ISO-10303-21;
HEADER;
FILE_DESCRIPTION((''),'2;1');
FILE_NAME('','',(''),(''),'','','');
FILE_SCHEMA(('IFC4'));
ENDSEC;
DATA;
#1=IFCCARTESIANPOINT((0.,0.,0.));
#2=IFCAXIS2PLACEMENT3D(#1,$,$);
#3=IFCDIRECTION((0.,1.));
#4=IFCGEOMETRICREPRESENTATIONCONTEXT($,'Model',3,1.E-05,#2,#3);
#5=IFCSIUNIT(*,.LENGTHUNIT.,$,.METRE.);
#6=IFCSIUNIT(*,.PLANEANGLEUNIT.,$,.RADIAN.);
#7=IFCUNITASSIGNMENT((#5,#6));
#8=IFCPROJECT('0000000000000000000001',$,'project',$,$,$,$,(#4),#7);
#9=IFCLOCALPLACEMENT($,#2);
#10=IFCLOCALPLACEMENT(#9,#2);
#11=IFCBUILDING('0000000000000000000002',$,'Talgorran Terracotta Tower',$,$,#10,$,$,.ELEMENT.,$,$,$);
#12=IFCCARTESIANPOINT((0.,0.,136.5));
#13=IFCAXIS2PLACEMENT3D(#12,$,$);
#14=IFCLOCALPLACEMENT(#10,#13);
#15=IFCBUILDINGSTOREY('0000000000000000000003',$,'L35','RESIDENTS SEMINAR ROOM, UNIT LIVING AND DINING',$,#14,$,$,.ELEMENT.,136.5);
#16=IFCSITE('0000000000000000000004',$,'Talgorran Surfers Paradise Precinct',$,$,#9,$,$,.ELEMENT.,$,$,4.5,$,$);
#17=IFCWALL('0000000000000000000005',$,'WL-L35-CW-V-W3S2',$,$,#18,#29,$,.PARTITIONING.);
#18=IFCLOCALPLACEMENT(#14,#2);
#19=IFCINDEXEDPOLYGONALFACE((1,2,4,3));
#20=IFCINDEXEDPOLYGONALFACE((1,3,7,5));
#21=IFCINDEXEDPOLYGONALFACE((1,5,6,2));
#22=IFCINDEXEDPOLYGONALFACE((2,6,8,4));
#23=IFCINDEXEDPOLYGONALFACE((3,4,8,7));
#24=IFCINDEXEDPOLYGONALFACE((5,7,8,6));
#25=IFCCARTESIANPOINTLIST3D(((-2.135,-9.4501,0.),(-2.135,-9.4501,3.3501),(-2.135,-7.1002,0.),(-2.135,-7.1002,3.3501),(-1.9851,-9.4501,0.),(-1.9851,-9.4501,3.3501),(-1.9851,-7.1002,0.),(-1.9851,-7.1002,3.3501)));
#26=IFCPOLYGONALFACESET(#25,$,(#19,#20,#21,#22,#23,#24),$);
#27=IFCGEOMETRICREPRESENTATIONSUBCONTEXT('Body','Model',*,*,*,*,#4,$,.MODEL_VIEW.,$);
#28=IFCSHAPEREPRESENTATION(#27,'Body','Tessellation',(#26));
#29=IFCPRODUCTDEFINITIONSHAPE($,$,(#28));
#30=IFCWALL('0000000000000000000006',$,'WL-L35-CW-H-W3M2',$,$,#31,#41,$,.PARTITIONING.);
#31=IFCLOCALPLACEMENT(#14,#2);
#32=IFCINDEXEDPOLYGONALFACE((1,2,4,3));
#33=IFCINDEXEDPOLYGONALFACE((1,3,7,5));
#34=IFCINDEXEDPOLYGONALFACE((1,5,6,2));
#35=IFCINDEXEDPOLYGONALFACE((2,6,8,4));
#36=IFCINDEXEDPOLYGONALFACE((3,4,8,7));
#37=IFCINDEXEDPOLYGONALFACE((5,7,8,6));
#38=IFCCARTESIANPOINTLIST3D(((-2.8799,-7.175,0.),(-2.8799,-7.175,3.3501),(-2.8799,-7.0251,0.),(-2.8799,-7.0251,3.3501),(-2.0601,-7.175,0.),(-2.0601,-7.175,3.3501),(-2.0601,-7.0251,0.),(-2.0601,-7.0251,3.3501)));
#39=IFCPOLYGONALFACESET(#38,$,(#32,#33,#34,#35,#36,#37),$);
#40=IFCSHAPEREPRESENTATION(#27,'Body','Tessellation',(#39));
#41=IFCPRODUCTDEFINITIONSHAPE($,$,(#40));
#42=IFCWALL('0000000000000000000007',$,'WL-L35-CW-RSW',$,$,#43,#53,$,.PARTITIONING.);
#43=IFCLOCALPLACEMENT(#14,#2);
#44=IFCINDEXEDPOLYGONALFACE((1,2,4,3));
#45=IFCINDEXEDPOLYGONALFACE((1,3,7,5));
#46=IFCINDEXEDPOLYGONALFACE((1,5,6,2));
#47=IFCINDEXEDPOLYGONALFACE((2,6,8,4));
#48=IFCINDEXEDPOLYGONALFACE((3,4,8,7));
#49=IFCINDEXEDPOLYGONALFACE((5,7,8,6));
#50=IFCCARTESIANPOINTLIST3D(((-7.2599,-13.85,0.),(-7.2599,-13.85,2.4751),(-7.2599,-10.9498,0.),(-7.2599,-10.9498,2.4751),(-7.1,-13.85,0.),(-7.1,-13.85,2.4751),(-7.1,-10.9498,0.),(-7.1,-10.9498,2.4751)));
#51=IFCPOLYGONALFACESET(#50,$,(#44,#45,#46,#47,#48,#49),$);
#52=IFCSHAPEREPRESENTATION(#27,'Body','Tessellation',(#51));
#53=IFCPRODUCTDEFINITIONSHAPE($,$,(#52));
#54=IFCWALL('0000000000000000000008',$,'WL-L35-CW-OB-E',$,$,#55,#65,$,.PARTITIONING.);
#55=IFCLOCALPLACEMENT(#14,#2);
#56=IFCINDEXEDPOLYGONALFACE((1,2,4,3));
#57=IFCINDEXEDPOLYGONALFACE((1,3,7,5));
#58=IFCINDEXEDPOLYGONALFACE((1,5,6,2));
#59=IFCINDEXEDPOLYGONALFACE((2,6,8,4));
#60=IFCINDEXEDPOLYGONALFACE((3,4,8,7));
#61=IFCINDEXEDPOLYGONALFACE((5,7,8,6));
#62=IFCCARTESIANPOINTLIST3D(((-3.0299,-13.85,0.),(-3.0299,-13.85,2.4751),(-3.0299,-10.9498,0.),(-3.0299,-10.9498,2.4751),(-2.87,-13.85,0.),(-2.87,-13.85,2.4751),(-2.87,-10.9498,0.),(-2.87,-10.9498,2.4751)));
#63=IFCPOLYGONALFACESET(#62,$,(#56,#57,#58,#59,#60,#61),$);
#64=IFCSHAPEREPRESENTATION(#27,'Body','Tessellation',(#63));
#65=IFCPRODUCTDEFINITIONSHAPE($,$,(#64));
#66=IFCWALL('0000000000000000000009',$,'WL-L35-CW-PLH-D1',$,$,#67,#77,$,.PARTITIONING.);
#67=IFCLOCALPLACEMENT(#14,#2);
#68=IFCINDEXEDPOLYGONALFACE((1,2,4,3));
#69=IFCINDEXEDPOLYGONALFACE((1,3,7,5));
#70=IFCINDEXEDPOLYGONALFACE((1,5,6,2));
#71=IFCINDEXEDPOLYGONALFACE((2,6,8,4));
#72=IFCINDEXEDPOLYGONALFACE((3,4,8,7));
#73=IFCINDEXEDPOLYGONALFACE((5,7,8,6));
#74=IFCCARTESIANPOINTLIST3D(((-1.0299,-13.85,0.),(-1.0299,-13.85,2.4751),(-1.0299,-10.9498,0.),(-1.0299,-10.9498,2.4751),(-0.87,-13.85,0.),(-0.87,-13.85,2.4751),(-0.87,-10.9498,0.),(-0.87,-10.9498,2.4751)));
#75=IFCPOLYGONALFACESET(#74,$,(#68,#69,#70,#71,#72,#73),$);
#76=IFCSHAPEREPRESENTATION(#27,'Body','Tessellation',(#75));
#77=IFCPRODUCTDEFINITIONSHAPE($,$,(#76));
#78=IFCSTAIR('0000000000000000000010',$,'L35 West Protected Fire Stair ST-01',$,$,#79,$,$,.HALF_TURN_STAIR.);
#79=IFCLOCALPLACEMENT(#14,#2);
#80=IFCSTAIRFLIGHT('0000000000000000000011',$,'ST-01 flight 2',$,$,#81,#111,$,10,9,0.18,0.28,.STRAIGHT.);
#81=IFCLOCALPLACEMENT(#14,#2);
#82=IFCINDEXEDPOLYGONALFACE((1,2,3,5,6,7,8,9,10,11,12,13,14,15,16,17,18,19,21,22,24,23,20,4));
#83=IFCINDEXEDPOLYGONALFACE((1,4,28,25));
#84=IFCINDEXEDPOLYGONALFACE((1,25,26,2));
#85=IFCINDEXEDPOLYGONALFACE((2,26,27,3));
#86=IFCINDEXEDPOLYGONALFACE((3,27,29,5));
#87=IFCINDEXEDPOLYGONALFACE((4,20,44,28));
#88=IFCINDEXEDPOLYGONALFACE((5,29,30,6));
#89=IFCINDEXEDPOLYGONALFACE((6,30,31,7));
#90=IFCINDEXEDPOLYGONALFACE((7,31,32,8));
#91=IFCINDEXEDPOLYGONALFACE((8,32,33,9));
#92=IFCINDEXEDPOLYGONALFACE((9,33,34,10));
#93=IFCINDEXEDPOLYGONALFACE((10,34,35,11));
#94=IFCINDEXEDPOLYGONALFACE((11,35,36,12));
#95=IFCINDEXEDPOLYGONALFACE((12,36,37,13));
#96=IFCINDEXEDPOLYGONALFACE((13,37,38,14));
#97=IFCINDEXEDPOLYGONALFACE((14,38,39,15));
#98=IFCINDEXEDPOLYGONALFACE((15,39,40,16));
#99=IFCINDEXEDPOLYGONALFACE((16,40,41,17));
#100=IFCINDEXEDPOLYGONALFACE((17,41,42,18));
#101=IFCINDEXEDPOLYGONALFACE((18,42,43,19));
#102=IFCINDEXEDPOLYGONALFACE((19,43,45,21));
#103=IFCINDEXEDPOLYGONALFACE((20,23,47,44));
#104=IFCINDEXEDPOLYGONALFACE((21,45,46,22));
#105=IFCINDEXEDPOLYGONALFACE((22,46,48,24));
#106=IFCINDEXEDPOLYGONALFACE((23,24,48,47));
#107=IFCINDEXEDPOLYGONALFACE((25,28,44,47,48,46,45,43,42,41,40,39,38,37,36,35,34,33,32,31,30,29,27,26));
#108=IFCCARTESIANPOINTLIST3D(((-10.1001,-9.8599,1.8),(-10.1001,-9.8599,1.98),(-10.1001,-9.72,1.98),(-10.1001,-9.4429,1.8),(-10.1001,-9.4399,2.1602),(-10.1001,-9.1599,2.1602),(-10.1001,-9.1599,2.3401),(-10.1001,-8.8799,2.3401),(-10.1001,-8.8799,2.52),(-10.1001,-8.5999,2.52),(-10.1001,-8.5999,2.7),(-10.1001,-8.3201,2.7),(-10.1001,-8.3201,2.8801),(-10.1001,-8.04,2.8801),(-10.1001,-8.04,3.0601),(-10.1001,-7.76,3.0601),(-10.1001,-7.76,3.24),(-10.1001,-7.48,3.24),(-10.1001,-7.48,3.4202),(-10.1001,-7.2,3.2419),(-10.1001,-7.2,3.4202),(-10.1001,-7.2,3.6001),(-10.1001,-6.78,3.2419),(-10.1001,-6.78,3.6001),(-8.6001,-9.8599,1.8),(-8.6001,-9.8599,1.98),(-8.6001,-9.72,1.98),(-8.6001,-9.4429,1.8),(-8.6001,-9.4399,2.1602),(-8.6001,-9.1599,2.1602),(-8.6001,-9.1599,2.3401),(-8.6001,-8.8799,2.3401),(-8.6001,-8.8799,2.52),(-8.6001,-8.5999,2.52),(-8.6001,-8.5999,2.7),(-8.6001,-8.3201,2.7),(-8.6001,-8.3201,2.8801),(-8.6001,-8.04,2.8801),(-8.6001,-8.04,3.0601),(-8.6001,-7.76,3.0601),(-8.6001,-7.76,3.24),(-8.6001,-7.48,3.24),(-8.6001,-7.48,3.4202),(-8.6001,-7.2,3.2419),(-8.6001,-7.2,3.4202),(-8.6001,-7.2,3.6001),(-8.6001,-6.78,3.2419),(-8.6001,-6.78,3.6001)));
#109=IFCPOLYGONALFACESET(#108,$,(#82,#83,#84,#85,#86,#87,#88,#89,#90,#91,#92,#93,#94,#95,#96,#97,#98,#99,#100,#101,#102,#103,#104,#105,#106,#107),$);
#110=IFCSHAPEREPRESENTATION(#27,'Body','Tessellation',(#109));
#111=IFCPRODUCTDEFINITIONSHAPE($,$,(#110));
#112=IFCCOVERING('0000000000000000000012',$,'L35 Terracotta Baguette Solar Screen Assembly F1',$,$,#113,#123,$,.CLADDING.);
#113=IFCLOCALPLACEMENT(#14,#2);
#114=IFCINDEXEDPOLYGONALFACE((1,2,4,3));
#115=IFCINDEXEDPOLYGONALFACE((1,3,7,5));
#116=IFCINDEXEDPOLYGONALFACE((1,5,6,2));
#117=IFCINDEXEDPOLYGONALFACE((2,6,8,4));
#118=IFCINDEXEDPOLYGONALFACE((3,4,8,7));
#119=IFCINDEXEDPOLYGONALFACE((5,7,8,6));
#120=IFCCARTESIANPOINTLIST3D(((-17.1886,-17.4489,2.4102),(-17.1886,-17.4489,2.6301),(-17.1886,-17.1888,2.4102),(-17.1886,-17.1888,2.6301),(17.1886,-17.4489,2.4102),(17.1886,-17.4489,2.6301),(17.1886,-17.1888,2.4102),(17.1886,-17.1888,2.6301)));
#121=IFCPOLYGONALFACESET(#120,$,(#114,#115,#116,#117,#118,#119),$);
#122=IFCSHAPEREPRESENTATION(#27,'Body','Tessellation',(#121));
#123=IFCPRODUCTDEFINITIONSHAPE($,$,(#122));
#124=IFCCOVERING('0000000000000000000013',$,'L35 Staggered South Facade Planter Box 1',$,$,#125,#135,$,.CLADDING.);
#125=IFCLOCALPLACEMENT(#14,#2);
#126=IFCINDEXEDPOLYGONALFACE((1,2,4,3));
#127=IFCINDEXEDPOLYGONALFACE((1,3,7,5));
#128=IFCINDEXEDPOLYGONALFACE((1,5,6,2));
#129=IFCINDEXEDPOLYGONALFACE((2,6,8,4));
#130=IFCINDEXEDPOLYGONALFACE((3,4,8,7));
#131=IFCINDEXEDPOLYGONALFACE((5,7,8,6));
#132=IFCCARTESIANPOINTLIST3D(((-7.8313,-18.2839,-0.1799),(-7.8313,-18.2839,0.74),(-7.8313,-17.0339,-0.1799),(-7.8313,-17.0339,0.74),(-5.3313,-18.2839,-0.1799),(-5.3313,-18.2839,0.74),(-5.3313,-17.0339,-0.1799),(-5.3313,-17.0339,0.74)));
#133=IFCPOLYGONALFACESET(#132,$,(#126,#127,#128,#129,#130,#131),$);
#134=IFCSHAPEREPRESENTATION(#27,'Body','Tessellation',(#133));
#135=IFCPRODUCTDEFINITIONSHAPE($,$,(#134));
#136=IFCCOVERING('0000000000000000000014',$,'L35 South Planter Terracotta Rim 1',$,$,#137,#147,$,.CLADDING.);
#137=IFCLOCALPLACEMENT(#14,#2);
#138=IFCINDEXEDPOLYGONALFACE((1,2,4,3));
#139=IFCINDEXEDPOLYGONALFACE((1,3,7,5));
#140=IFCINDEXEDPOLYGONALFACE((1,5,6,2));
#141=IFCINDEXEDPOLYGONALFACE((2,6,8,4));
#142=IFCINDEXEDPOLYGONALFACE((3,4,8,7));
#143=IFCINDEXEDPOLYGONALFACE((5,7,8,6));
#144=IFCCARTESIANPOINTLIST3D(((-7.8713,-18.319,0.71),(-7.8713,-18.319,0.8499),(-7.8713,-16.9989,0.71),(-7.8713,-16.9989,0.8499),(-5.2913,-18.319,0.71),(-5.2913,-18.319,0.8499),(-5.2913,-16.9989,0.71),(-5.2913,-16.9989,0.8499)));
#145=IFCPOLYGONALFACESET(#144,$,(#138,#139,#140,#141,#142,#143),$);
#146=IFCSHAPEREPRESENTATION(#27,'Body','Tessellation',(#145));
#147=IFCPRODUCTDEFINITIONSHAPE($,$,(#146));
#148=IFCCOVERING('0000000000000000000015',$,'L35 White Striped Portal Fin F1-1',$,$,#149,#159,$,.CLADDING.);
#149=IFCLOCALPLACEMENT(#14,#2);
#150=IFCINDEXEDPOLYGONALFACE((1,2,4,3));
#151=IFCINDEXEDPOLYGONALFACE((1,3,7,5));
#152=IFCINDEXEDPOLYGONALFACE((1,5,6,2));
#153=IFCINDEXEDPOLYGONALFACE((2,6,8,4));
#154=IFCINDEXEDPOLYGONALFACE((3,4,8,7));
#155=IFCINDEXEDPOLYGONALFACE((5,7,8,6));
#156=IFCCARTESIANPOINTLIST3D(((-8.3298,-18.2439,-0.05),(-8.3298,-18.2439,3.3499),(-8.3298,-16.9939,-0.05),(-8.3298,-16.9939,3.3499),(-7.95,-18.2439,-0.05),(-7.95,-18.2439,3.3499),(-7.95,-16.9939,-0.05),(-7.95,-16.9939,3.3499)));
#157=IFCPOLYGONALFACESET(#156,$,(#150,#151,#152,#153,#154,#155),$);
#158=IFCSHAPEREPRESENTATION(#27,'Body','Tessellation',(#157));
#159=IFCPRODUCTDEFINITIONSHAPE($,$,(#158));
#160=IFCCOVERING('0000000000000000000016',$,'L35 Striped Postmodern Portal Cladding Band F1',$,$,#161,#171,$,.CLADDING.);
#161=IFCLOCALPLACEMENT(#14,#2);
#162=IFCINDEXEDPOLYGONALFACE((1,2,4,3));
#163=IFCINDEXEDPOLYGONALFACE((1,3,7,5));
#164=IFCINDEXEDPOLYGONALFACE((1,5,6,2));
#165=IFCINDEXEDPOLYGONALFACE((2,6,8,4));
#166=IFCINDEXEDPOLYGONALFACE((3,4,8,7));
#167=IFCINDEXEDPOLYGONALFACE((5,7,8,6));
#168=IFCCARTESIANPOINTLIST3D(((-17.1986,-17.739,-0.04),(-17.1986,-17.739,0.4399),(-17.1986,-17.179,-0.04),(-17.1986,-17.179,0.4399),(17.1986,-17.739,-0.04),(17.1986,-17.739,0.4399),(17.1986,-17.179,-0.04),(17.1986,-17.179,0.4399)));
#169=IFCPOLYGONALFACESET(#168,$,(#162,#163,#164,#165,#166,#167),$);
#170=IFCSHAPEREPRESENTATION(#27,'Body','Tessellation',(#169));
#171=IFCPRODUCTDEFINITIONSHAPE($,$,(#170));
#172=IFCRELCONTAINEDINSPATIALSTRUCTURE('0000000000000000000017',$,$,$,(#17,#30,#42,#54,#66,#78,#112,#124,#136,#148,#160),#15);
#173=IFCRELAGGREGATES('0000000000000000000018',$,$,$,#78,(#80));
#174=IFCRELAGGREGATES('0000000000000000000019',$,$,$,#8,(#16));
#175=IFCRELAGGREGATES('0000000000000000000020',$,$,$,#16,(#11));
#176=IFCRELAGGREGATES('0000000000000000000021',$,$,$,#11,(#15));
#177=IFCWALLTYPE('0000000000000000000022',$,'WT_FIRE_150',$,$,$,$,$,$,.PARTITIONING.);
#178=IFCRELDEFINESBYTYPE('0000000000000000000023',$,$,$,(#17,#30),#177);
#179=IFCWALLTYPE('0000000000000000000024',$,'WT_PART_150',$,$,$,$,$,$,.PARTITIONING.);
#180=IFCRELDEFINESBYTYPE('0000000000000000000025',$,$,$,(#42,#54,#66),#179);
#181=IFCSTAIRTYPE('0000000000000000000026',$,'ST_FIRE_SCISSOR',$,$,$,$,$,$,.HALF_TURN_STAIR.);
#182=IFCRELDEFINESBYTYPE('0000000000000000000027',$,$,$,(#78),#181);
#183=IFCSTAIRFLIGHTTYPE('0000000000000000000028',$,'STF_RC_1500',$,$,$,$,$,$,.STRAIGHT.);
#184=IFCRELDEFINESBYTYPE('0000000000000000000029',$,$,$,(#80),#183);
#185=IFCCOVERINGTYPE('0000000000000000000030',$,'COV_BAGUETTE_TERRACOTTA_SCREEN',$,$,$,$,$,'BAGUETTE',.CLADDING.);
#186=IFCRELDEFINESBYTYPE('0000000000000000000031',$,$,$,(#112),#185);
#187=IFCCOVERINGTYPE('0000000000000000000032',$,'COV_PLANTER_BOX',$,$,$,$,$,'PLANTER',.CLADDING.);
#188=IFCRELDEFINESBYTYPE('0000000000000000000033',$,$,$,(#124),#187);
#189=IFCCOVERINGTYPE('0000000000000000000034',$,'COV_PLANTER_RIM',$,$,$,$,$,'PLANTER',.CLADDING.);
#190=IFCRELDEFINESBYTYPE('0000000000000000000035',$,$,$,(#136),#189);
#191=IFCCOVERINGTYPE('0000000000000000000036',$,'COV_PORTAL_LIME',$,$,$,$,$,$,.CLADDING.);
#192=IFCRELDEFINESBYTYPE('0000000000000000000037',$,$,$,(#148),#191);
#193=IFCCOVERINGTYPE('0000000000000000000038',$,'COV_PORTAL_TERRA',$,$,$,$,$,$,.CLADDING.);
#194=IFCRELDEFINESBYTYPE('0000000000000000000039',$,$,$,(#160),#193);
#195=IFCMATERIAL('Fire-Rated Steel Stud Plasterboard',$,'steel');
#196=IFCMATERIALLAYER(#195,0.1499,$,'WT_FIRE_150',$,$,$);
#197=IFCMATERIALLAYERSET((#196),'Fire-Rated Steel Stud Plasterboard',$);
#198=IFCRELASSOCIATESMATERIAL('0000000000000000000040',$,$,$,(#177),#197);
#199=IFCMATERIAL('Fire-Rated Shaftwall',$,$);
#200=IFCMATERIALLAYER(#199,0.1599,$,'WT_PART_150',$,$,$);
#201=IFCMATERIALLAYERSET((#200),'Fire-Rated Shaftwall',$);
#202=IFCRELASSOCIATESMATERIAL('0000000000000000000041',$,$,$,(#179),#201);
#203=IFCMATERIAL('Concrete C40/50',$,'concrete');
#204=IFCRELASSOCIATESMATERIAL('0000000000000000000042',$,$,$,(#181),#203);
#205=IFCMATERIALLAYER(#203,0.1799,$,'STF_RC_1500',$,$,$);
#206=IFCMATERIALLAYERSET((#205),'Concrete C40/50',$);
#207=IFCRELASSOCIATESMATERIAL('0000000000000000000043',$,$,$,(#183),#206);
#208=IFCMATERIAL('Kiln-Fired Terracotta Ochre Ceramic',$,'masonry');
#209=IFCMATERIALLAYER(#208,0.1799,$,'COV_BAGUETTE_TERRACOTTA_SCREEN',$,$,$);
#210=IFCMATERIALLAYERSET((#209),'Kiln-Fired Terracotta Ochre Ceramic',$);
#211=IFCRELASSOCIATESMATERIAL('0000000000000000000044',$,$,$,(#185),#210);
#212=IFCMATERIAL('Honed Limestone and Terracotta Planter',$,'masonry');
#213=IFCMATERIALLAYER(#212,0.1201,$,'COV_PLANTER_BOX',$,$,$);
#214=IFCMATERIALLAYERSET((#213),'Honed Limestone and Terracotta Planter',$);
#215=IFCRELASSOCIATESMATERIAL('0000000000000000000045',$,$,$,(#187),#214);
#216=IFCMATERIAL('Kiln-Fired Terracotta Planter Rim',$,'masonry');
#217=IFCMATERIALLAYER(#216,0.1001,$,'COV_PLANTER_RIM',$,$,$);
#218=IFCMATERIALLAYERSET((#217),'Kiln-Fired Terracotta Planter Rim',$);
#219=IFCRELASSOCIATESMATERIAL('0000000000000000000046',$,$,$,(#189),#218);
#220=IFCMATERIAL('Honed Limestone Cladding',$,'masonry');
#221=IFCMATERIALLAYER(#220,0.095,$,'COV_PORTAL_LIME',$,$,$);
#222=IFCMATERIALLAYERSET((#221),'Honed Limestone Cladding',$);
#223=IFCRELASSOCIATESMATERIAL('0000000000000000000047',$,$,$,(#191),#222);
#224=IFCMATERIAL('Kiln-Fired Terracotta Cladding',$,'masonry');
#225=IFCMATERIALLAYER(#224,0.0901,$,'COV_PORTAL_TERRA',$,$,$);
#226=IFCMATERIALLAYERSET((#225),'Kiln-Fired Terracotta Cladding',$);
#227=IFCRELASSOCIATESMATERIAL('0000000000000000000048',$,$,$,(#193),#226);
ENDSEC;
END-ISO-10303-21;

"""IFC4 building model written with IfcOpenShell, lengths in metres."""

from ifc_helpers import new_model, si_unit, direction, frame, frame_2d, origin, origin_2d, place, context, subcontext, project, spatial, polyline, rectangle, outline, extrude, material, layer, layer_set, type_object, element, aggregate, save


model = new_model("IFC4")

# Units and contexts
model_context = context("Model", 3, precision=1e-05, world=origin(), true_north=direction((0.0, 1.0)))
body_context = subcontext(model_context, "Body", "Model", "MODEL_VIEW")
ifc_project = project(units=[si_unit("LENGTHUNIT", "METRE"), si_unit("PLANEANGLEUNIT", "RADIAN")], contexts=[model_context])

# Site, building, storey
site_placement = place(None, origin())
site = spatial("IfcSite", under=ifc_project, at=site_placement, Name="Talgorran Surfers Paradise Precinct", CompositionType="ELEMENT", RefElevation=4.5)
building_placement = place(site_placement, origin())
building = spatial("IfcBuilding", under=site, at=building_placement, Name="Talgorran Terracotta Tower", CompositionType="ELEMENT")
storey_placement = place(building_placement, frame((0.0, 0.0, 136.5)))
storey = spatial("IfcBuildingStorey", under=building, at=storey_placement, Name="L35", Description="RESIDENTS SEMINAR ROOM, UNIT LIVING AND DINING", CompositionType="ELEMENT", Elevation=136.5)

# Walls
ifc_material_1 = material(Name="Fire-Rated Steel Stud Plasterboard", Category="steel")
ifc_layer_1 = layer(ifc_material_1, 0.1499, Name="WT_FIRE_150")
ifc_layer_set_1 = layer_set([ifc_layer_1], Name="Fire-Rated Steel Stud Plasterboard")
wall_type_1 = type_object("IfcWallType", Name="WT_FIRE_150", PredefinedType="PARTITIONING", material=ifc_layer_set_1)
wall_1_placement = place(storey_placement, frame((-2.0601, -9.45, 0.0), z_axis=(0.0, 0.0, 1.0), x_axis=(0.0, 1.0, 0.0)))
element("IfcWall", 1, at=wall_1_placement, inside=storey, type_object=wall_type_1, Name="WL-L35-CW-V-W3S2", PredefinedType="PARTITIONING", context=body_context, shape_type="SweptSolid", body=[
    extrude(rectangle(XDim=2.3499, YDim=0.1499, at=frame_2d((1.1748, 0.0))), origin(), (0.0, 0.0, 1.0), 3.3501),
])
wall_2_placement = place(storey_placement, frame((-2.8799, -7.1001, 0.0), z_axis=(0.0, 0.0, 1.0), x_axis=(1.0, 0.0, 0.0)))
element("IfcWall", 2, at=wall_2_placement, inside=storey, type_object=wall_type_1, Name="WL-L35-CW-H-W3M2", PredefinedType="PARTITIONING", context=body_context, shape_type="SweptSolid", body=[
    extrude(rectangle(XDim=0.8198, YDim=0.1499, at=frame_2d((0.4099, 0.0))), origin(), (0.0, 0.0, 1.0), 3.3501),
])
ifc_material_2 = material(Name="Fire-Rated Shaftwall")
ifc_layer_2 = layer(ifc_material_2, 0.1599, Name="WT_PART_150")
ifc_layer_set_2 = layer_set([ifc_layer_2], Name="Fire-Rated Shaftwall")
wall_type_2 = type_object("IfcWallType", Name="WT_PART_150", PredefinedType="PARTITIONING", material=ifc_layer_set_2)
for number, where, z_axis, x_axis, name in (
    (3, (-7.1799, -13.8501, 0.0), (0.0, 0.0, 1.0), (0.0, 1.0, 0.0), "WL-L35-CW-RSW"),
    (4, (-2.95, -13.8501, 0.0), (0.0, 0.0, 1.0), (0.0, 1.0, 0.0), "WL-L35-CW-OB-E"),
    (5, (-0.95, -13.8501, 0.0), (0.0, 0.0, 1.0), (0.0, 1.0, 0.0), "WL-L35-CW-PLH-D1"),
):
    element("IfcWall", number, at=place(storey_placement, frame(where, z_axis=z_axis, x_axis=x_axis)), inside=storey, type_object=wall_type_2, Name=name, PredefinedType="PARTITIONING", context=body_context, shape_type="SweptSolid", body=[
        extrude(rectangle(XDim=2.9001, YDim=0.1599, at=frame_2d((1.4502, 0.0))), origin(), (0.0, 0.0, 1.0), 2.4751),
    ])

# Stair, stair flight
ifc_material_3 = material(Name="Concrete C40/50", Category="concrete")
stair_type = type_object("IfcStairType", Name="ST_FIRE_SCISSOR", PredefinedType="HALF_TURN_STAIR", material=ifc_material_3)
stair_placement = place(storey_placement, origin())
stair = element("IfcStair", 6, at=stair_placement, inside=storey, type_object=stair_type, Name="L35 West Protected Fire Stair ST-01", PredefinedType="HALF_TURN_STAIR")
ifc_layer_3 = layer(ifc_material_3, 0.1799, Name="STF_RC_1500")
ifc_layer_set_3 = layer_set([ifc_layer_3], Name="Concrete C40/50")
stair_flight_type = type_object("IfcStairFlightType", Name="STF_RC_1500", PredefinedType="STRAIGHT", material=ifc_layer_set_3)
stair_flight_placement = place(storey_placement, frame((-9.3501, -9.72, 1.8), z_axis=(0.0, 0.0, 1.0), x_axis=(0.0, 1.0, 0.0)))
stair_flight = element("IfcStairFlight", 7, at=stair_flight_placement, type_object=stair_flight_type, Name="ST-01 flight 2", NumberOfRisers=10, NumberOfTreads=9, PredefinedType="STRAIGHT", RiserHeight=0.18, TreadLength=0.28, context=body_context, shape_type="SweptSolid", body=[
    extrude(outline(polyline([(-0.1399, 0.0), (-0.1399, 0.1799), (0.0, 0.1799), (0.28, 0.3601), (0.5601, 0.3601), (0.5601, 0.54), (0.8401, 0.54), (0.8401, 0.72), (1.1201, 0.72), (1.1201, 0.8999), (1.3999, 0.8999), (1.3999, 1.0801), (1.6799, 1.0801), (1.6799, 1.26), (1.96, 1.26), (1.96, 1.4399), (2.24, 1.4399), (2.24, 1.6201), (2.52, 1.6201), (2.52, 1.8), (2.9399, 1.8), (2.9399, 1.4419), (2.52, 1.4419), (0.2771, 0.0), (-0.1399, 0.0)])), frame((0.0, 0.75, 0.0), z_axis=(0.0, -1.0, 0.0), x_axis=(1.0, 0.0, 0.0)), (0.0, 0.0, 1.0), 1.5),
])
aggregate(stair, [stair_flight])

# Coverings
ifc_material_4 = material(Name="Kiln-Fired Terracotta Ochre Ceramic", Category="masonry")
ifc_layer_4 = layer(ifc_material_4, 0.1799, Name="COV_BAGUETTE_TERRACOTTA_SCREEN")
ifc_layer_set_4 = layer_set([ifc_layer_4], Name="Kiln-Fired Terracotta Ochre Ceramic")
covering_type_1 = type_object("IfcCoveringType", Name="COV_BAGUETTE_TERRACOTTA_SCREEN", ElementType="BAGUETTE", PredefinedType="CLADDING", material=ifc_layer_set_4)
covering_1_placement = place(storey_placement, frame((0.0, -17.3188, 2.4102), z_axis=(0.0, 0.0, 1.0), x_axis=(1.0, 0.0, 0.0)))
element("IfcCovering", 8, at=covering_1_placement, inside=storey, type_object=covering_type_1, Name="L35 Terracotta Baguette Solar Screen Assembly F1", PredefinedType="CLADDING", context=body_context, shape_type="SweptSolid", body=[
    extrude(rectangle(XDim=34.3772, YDim=0.26, at=origin_2d()), origin(), (0.0, 0.0, 1.0), 0.22),
])
ifc_material_5 = material(Name="Honed Limestone and Terracotta Planter", Category="masonry")
ifc_layer_5 = layer(ifc_material_5, 0.1201, Name="COV_PLANTER_BOX")
ifc_layer_set_5 = layer_set([ifc_layer_5], Name="Honed Limestone and Terracotta Planter")
covering_type_2 = type_object("IfcCoveringType", Name="COV_PLANTER_BOX", ElementType="PLANTER", PredefinedType="CLADDING", material=ifc_layer_set_5)
covering_2_placement = place(storey_placement, frame((-6.5813, -17.6589, -0.1799), z_axis=(0.0, 0.0, 1.0), x_axis=(1.0, 0.0, 0.0)))
element("IfcCovering", 9, at=covering_2_placement, inside=storey, type_object=covering_type_2, Name="L35 Staggered South Facade Planter Box 1", PredefinedType="CLADDING", context=body_context, shape_type="SweptSolid", body=[
    extrude(rectangle(XDim=2.5, YDim=1.25, at=origin_2d()), origin(), (0.0, 0.0, 1.0), 0.9199),
])
ifc_material_6 = material(Name="Kiln-Fired Terracotta Planter Rim", Category="masonry")
ifc_layer_6 = layer(ifc_material_6, 0.1001, Name="COV_PLANTER_RIM")
ifc_layer_set_6 = layer_set([ifc_layer_6], Name="Kiln-Fired Terracotta Planter Rim")
covering_type_3 = type_object("IfcCoveringType", Name="COV_PLANTER_RIM", ElementType="PLANTER", PredefinedType="CLADDING", material=ifc_layer_set_6)
covering_3_placement = place(storey_placement, frame((-6.5813, -17.6589, 0.71), z_axis=(0.0, 0.0, 1.0), x_axis=(1.0, 0.0, 0.0)))
element("IfcCovering", 10, at=covering_3_placement, inside=storey, type_object=covering_type_3, Name="L35 South Planter Terracotta Rim 1", PredefinedType="CLADDING", context=body_context, shape_type="SweptSolid", body=[
    extrude(rectangle(XDim=2.5801, YDim=1.3201, at=origin_2d()), origin(), (0.0, 0.0, 1.0), 0.1399),
])
ifc_material_7 = material(Name="Honed Limestone Cladding", Category="masonry")
ifc_layer_7 = layer(ifc_material_7, 0.095, Name="COV_PORTAL_LIME")
ifc_layer_set_7 = layer_set([ifc_layer_7], Name="Honed Limestone Cladding")
covering_type_4 = type_object("IfcCoveringType", Name="COV_PORTAL_LIME", PredefinedType="CLADDING", material=ifc_layer_set_7)
covering_4_placement = place(storey_placement, frame((-8.1399, -17.6189, -0.05), z_axis=(0.0, 0.0, 1.0), x_axis=(1.0, 0.0, 0.0)))
element("IfcCovering", 11, at=covering_4_placement, inside=storey, type_object=covering_type_4, Name="L35 White Striped Portal Fin F1-1", PredefinedType="CLADDING", context=body_context, shape_type="SweptSolid", body=[
    extrude(rectangle(XDim=0.3799, YDim=1.25, at=origin_2d()), origin(), (0.0, 0.0, 1.0), 3.3999),
])
ifc_material_8 = material(Name="Kiln-Fired Terracotta Cladding", Category="masonry")
ifc_layer_8 = layer(ifc_material_8, 0.0901, Name="COV_PORTAL_TERRA")
ifc_layer_set_8 = layer_set([ifc_layer_8], Name="Kiln-Fired Terracotta Cladding")
covering_type_5 = type_object("IfcCoveringType", Name="COV_PORTAL_TERRA", PredefinedType="CLADDING", material=ifc_layer_set_8)
covering_5_placement = place(storey_placement, frame((0.0, -17.459, -0.04), z_axis=(0.0, 0.0, 1.0), x_axis=(1.0, 0.0, 0.0)))
element("IfcCovering", 12, at=covering_5_placement, inside=storey, type_object=covering_type_5, Name="L35 Striped Postmodern Portal Cladding Band F1", PredefinedType="CLADDING", context=body_context, shape_type="SweptSolid", body=[
    extrude(rectangle(XDim=34.3972, YDim=0.5601, at=origin_2d()), origin(), (0.0, 0.0, 1.0), 0.48),
])

save(model, "model.ifc")
